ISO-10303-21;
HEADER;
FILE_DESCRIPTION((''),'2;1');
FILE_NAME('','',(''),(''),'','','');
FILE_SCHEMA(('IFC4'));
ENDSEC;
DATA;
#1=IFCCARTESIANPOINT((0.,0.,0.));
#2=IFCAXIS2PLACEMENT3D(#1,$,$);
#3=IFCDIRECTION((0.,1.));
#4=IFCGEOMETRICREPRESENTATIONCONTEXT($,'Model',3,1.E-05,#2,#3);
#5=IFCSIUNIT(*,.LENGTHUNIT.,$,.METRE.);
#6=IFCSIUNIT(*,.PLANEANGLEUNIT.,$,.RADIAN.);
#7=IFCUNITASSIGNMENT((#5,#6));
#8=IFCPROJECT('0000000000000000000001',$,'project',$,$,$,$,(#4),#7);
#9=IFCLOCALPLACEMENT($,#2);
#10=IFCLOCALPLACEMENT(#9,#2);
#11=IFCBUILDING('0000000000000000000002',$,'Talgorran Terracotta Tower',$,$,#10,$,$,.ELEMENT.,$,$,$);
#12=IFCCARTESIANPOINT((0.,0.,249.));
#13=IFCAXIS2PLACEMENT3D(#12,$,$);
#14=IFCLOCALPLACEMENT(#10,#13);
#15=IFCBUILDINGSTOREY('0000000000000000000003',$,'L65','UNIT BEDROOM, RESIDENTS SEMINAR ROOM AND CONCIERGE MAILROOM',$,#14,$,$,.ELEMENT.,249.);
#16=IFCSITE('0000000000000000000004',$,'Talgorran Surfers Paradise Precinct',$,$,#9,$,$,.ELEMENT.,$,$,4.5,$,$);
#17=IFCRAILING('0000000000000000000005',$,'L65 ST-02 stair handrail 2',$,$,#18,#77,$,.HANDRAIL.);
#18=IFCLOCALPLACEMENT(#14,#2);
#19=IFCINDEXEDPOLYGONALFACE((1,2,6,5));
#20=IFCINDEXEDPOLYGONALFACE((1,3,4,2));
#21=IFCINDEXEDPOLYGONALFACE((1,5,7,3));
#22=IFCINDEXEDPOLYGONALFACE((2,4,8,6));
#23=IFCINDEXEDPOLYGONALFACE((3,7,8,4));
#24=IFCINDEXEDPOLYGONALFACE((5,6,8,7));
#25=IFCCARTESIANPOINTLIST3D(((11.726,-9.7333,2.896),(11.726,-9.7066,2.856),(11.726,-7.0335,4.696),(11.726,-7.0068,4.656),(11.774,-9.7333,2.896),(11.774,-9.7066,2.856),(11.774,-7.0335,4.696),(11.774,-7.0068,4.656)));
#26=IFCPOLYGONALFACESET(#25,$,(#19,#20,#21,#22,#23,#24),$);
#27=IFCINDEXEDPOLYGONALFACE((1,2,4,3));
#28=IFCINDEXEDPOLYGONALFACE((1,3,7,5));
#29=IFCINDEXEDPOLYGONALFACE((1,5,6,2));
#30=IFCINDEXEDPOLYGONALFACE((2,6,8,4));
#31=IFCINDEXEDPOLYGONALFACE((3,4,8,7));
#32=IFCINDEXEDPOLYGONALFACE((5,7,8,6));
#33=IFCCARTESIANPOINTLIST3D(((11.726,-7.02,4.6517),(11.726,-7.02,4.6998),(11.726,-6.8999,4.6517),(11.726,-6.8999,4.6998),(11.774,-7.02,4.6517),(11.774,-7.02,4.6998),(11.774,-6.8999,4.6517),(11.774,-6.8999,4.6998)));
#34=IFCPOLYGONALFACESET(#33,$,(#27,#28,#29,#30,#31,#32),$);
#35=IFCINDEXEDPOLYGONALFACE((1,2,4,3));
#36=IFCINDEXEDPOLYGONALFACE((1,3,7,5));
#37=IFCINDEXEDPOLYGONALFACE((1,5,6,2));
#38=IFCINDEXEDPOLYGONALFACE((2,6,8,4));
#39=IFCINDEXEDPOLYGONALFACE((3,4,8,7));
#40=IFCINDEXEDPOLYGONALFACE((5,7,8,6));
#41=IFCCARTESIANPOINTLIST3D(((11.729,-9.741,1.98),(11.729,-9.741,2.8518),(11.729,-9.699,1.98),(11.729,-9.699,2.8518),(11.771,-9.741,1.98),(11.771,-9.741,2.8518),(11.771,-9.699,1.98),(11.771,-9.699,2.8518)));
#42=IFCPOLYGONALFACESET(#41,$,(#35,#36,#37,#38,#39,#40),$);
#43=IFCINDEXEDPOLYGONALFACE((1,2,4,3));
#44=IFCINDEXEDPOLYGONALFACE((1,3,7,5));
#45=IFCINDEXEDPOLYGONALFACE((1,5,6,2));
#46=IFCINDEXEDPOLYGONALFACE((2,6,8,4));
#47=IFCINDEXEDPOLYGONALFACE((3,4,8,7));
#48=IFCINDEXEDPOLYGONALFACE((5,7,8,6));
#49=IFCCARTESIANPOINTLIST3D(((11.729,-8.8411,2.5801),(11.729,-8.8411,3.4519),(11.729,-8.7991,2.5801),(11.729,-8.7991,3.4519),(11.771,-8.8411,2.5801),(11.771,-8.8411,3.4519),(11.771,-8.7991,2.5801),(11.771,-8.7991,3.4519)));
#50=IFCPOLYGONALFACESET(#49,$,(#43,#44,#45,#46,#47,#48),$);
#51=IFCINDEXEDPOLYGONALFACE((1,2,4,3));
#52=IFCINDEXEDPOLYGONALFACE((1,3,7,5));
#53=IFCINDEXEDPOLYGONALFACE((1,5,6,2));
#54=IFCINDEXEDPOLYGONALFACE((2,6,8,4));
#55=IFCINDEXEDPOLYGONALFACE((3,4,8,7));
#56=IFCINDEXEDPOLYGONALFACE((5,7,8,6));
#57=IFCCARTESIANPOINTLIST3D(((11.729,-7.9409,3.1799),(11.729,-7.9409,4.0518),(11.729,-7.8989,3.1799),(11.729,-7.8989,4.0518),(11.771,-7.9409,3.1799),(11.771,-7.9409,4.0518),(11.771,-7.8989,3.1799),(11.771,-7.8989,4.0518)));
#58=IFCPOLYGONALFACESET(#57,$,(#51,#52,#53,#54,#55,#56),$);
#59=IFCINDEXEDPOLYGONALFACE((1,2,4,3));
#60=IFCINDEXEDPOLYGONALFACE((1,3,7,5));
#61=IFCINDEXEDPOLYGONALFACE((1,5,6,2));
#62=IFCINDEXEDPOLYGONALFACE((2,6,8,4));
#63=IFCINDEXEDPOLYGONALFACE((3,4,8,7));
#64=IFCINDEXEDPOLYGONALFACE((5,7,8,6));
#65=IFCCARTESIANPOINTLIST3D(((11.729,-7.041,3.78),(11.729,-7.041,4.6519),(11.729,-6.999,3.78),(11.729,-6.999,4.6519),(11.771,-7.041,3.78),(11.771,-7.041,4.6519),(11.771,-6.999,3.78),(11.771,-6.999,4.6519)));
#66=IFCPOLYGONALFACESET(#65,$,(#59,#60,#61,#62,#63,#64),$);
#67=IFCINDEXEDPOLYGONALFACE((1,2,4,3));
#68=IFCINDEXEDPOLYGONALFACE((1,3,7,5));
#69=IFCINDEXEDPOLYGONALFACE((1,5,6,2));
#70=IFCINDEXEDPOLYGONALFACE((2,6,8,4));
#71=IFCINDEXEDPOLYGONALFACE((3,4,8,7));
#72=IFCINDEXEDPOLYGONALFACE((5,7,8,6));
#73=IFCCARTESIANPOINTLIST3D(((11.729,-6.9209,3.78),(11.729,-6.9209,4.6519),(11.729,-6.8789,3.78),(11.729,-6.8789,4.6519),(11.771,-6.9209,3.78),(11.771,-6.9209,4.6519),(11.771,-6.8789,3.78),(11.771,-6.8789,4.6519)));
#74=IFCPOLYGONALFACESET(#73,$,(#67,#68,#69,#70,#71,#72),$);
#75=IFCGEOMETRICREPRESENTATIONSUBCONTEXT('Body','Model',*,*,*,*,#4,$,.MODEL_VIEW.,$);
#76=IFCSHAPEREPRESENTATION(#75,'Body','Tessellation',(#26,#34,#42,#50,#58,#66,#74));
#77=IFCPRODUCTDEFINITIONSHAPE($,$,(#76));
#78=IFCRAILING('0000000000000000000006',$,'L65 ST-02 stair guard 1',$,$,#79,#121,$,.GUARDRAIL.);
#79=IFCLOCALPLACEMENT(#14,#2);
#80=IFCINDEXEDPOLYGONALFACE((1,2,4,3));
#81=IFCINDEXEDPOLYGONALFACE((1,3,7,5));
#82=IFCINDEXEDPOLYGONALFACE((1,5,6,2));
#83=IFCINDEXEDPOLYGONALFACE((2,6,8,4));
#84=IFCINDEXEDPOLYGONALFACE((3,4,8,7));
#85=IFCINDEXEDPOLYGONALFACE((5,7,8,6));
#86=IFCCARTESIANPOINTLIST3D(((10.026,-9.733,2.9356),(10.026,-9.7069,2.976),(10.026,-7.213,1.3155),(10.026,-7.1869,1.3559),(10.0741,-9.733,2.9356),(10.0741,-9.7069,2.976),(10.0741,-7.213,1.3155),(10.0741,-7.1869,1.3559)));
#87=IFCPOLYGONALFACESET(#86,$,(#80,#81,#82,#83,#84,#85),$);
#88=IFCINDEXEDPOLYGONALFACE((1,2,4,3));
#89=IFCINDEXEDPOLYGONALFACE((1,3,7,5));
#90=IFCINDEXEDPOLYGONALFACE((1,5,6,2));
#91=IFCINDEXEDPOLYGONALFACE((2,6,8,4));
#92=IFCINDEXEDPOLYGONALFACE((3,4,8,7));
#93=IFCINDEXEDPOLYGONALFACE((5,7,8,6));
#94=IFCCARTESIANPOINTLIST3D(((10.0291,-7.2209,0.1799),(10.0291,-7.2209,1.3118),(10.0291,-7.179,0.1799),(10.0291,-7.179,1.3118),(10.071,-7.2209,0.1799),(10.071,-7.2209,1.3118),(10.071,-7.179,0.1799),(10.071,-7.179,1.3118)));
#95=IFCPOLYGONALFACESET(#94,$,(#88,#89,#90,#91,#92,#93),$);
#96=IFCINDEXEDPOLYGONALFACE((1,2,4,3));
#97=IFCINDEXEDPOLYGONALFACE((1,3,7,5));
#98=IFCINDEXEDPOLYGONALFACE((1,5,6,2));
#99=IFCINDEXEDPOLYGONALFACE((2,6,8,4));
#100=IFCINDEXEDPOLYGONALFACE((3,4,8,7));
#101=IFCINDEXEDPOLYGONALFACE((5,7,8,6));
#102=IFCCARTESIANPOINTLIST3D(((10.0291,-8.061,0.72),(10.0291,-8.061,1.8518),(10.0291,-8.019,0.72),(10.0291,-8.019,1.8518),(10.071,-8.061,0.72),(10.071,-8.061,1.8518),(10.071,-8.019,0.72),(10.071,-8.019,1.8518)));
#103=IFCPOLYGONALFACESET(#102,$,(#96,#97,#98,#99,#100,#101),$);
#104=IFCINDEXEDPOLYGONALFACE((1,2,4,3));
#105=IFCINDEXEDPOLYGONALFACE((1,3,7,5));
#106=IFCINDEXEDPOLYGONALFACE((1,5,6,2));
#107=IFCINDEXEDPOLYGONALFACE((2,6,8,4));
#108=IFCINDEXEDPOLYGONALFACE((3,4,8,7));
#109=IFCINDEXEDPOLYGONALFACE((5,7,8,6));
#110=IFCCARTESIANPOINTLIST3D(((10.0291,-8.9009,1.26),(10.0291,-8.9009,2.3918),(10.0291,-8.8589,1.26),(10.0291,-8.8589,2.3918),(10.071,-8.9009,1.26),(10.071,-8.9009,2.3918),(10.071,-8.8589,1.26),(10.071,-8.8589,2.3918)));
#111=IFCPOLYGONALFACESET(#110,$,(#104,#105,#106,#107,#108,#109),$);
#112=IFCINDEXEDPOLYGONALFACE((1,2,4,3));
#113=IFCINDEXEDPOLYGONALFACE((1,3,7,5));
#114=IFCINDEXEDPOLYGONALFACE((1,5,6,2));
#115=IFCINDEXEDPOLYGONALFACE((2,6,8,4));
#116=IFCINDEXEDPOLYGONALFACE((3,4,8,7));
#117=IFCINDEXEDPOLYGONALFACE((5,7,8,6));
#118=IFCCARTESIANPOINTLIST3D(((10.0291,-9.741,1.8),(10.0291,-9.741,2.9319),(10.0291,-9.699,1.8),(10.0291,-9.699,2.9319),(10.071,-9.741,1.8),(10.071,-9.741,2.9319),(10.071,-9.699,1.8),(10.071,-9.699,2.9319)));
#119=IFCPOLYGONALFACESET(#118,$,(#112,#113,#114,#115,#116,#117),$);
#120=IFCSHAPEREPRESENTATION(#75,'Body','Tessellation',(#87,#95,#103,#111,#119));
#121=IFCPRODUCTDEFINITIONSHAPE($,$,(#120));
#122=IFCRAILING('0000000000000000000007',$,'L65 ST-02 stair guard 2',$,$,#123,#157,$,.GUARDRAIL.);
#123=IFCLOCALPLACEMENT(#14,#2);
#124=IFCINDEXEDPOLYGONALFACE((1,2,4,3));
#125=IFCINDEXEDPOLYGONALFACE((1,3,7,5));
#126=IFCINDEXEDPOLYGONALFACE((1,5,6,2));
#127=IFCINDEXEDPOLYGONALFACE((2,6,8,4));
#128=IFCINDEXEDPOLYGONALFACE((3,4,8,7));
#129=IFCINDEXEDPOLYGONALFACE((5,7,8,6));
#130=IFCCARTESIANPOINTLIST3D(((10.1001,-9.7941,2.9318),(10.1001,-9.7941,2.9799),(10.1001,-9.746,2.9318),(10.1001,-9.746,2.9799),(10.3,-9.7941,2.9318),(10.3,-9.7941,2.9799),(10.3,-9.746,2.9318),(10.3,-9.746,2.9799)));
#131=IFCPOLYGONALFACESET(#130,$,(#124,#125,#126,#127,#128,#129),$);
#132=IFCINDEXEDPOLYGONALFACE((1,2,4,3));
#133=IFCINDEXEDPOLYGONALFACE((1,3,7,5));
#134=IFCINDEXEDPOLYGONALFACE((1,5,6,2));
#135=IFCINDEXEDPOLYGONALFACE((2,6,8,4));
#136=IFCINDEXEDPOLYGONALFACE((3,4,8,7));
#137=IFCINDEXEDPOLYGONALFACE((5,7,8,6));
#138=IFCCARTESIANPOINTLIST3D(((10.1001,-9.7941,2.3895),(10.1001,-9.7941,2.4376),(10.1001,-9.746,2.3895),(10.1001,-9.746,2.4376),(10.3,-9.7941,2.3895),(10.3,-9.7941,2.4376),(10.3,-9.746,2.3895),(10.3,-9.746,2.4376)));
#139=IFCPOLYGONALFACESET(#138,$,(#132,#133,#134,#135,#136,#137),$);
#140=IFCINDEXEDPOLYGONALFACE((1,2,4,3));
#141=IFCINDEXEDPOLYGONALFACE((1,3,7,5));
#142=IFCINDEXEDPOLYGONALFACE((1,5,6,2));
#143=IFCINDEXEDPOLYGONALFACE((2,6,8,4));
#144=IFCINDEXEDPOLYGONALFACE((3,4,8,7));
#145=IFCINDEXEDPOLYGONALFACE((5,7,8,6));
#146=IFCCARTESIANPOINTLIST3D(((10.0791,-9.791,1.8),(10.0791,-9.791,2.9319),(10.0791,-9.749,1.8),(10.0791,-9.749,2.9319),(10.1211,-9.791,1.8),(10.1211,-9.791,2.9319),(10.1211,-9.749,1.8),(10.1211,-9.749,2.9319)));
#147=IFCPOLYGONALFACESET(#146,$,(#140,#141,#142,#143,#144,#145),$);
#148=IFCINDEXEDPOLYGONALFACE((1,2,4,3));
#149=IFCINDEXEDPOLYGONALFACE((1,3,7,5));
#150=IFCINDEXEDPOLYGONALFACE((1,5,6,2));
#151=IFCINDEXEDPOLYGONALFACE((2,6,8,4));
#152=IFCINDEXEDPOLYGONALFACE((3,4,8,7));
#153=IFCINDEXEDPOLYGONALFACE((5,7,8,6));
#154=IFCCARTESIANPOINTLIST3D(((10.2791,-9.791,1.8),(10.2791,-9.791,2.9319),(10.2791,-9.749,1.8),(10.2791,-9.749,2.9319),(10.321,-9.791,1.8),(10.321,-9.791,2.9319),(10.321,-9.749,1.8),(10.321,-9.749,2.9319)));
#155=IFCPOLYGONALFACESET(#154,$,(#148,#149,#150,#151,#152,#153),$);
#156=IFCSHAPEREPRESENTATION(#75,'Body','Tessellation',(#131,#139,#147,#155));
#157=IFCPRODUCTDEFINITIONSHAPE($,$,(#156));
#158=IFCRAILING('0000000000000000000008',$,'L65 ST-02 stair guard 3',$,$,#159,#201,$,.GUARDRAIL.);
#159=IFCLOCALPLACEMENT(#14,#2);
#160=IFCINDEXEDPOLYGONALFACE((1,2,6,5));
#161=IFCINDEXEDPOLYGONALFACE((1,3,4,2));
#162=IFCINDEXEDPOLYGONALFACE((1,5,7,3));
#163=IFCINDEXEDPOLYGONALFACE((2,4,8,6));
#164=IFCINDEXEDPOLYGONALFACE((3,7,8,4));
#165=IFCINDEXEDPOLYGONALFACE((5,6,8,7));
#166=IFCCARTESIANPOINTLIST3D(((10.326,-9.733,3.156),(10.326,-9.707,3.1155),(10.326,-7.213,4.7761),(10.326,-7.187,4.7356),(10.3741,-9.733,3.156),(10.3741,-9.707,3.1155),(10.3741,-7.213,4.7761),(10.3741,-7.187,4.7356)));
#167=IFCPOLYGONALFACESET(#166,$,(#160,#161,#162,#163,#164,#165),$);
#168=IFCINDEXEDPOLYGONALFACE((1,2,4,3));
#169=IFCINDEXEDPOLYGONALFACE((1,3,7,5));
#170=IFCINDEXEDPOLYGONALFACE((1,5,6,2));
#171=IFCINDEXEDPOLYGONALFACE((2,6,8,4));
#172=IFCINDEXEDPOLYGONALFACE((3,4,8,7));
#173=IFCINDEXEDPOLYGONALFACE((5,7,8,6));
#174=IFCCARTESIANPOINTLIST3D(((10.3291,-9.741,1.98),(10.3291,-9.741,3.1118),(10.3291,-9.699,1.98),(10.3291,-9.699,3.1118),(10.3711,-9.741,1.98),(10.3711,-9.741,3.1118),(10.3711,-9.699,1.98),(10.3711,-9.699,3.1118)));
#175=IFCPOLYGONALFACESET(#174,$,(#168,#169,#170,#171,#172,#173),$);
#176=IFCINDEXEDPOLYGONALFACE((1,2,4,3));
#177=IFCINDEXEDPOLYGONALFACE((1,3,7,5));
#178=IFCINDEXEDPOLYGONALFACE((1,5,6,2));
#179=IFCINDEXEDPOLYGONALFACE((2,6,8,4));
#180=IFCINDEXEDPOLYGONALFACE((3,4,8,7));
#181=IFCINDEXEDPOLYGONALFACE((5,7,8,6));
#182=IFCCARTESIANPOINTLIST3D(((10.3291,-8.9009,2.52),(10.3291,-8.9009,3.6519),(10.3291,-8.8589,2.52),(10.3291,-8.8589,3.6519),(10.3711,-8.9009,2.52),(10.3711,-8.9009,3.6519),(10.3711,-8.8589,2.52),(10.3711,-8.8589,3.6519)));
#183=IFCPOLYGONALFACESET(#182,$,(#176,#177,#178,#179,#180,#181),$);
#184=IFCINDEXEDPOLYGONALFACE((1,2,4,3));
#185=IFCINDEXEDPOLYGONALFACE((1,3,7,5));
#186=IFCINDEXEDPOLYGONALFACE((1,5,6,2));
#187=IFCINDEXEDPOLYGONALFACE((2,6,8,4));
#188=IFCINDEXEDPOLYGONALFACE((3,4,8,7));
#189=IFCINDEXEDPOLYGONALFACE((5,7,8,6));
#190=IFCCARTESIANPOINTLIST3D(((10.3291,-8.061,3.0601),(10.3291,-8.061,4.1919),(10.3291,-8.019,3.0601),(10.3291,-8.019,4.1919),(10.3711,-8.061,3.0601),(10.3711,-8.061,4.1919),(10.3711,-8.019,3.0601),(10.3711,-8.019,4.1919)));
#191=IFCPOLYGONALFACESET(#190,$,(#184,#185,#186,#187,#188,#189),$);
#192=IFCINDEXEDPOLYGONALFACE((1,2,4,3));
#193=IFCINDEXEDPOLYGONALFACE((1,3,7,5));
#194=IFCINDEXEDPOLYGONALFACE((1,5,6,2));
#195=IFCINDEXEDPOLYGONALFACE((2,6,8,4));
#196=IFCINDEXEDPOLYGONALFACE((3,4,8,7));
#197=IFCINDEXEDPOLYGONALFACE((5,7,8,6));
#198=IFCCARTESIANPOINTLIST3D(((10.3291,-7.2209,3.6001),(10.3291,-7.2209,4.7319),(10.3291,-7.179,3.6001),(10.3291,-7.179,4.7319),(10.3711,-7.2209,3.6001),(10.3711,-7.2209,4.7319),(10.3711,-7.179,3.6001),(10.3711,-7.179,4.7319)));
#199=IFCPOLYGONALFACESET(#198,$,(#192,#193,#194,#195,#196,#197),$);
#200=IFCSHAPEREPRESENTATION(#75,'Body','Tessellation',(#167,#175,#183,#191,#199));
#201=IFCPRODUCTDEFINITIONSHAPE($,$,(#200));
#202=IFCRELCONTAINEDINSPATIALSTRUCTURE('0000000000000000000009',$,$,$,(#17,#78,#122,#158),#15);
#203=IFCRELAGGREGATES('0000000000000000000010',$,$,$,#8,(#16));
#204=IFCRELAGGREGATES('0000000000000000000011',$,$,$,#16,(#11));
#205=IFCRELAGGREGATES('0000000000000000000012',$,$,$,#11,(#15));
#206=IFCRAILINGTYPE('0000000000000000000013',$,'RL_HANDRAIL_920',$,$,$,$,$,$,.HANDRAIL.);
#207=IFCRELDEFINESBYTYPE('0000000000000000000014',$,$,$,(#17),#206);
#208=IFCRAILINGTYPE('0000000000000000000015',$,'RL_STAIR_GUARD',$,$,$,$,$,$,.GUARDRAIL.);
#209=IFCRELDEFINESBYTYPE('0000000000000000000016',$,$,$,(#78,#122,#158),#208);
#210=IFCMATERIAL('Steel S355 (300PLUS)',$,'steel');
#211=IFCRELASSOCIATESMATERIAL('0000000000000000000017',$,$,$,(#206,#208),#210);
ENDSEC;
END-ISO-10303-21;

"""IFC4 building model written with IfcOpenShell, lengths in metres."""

from ifc_helpers import new_model, si_unit, direction, frame, origin, origin_2d, place, context, subcontext, project, spatial, rectangle, extrude, material, type_object, element, save


model = new_model("IFC4")

# Units and contexts
model_context = context("Model", 3, precision=1e-05, world=origin(), true_north=direction((0.0, 1.0)))
body_context = subcontext(model_context, "Body", "Model", "MODEL_VIEW")
ifc_project = project(units=[si_unit("LENGTHUNIT", "METRE"), si_unit("PLANEANGLEUNIT", "RADIAN")], contexts=[model_context])

# Site, building, storey
site_placement = place(None, origin())
site = spatial("IfcSite", under=ifc_project, at=site_placement, Name="Talgorran Surfers Paradise Precinct", CompositionType="ELEMENT", RefElevation=4.5)
building_placement = place(site_placement, origin())
building = spatial("IfcBuilding", under=site, at=building_placement, Name="Talgorran Terracotta Tower", CompositionType="ELEMENT")
storey_placement = place(building_placement, frame((0.0, 0.0, 249.0)))
storey = spatial("IfcBuildingStorey", under=building, at=storey_placement, Name="L65", Description="UNIT BEDROOM, RESIDENTS SEMINAR ROOM AND CONCIERGE MAILROOM", CompositionType="ELEMENT", Elevation=249.0)

# Shared definitions
ifc_material_1 = material(Name="Steel S355 (300PLUS)", Category="steel")

# Railings
railing_type_1 = type_object("IfcRailingType", Name="RL_HANDRAIL_920", PredefinedType="HANDRAIL", material=ifc_material_1)
railing_1_placement = place(storey_placement, frame((11.75, -9.72, 1.98)))
element("IfcRailing", 1, at=railing_1_placement, inside=storey, type_object=railing_type_1, Name="L65 ST-02 stair handrail 2", PredefinedType="HANDRAIL", context=body_context, shape_type="SweptSolid", body=[
    extrude(rectangle(XDim=0.0481, YDim=0.0481, at=origin_2d()), frame((0.0, 0.0, 0.896), z_axis=(0.0, 0.832039, 0.554718), x_axis=(-1.0, 0.0, 0.0)), (0.0, 0.0, 1.0), 3.2449),
    extrude(rectangle(XDim=0.0481, YDim=0.0481, at=origin_2d()), frame((0.0, 2.7, 2.6958), z_axis=(0.0, 1.0, 0.0), x_axis=(-1.0, 0.0, 0.0)), (0.0, 0.0, 1.0), 0.1201),
    extrude(rectangle(XDim=0.042, YDim=0.042, at=origin_2d()), origin(), (0.0, 0.0, 1.0), 0.8718),
    extrude(rectangle(XDim=0.042, YDim=0.042, at=origin_2d()), frame((0.0, 0.8999, 0.6001)), (0.0, 0.0, 1.0), 0.8718),
    extrude(rectangle(XDim=0.042, YDim=0.042, at=origin_2d()), frame((0.0, 1.8, 1.2)), (0.0, 0.0, 1.0), 0.8718),
    extrude(rectangle(XDim=0.042, YDim=0.042, at=origin_2d()), frame((0.0, 2.7, 1.8)), (0.0, 0.0, 1.0), 0.8718),
    extrude(rectangle(XDim=0.042, YDim=0.042, at=origin_2d()), frame((0.0, 2.8201, 1.8)), (0.0, 0.0, 1.0), 0.8718),
])
railing_type_2 = type_object("IfcRailingType", Name="RL_STAIR_GUARD", PredefinedType="GUARDRAIL", material=ifc_material_1)
railing_2_placement = place(storey_placement, frame((10.05, -7.2, 0.1799)))
element("IfcRailing", 2, at=railing_2_placement, inside=storey, type_object=railing_type_2, Name="L65 ST-02 stair guard 1", PredefinedType="GUARDRAIL", context=body_context, shape_type="SweptSolid", body=[
    extrude(rectangle(XDim=0.0481, YDim=0.0481, at=origin_2d()), frame((0.0, 0.0, 1.1558), z_axis=(0.0, -0.841163, 0.540782), x_axis=(1.0, 0.0, 0.0)), (0.0, 0.0, 1.0), 2.9958),
    extrude(rectangle(XDim=0.042, YDim=0.042, at=origin_2d()), origin(), (0.0, 0.0, 1.0), 1.1318),
    extrude(rectangle(XDim=0.042, YDim=0.042, at=origin_2d()), frame((0.0, -0.8401, 0.54)), (0.0, 0.0, 1.0), 1.1318),
    extrude(rectangle(XDim=0.042, YDim=0.042, at=origin_2d()), frame((0.0, -1.6799, 1.0801)), (0.0, 0.0, 1.0), 1.1318),
    extrude(rectangle(XDim=0.042, YDim=0.042, at=origin_2d()), frame((0.0, -2.52, 1.6201)), (0.0, 0.0, 1.0), 1.1318),
])
railing_3_placement = place(storey_placement, frame((10.1001, -9.77, 1.8)))
element("IfcRailing", 3, at=railing_3_placement, inside=storey, type_object=railing_type_2, Name="L65 ST-02 stair guard 2", PredefinedType="GUARDRAIL", context=body_context, shape_type="SweptSolid", body=[
    extrude(rectangle(XDim=0.0481, YDim=0.0481, at=origin_2d()), frame((0.0, 0.0, 1.1558), z_axis=(1.0, 0.0, 0.0), x_axis=(0.0, 1.0, 0.0)), (0.0, 0.0, 1.0), 0.2),
    extrude(rectangle(XDim=0.0481, YDim=0.0481, at=origin_2d()), frame((0.0, 0.0, 0.6135), z_axis=(1.0, 0.0, 0.0), x_axis=(0.0, 1.0, 0.0)), (0.0, 0.0, 1.0), 0.2),
    extrude(rectangle(XDim=0.042, YDim=0.042, at=origin_2d()), origin(), (0.0, 0.0, 1.0), 1.1318),
    extrude(rectangle(XDim=0.042, YDim=0.042, at=origin_2d()), frame((0.2, 0.0, 0.0)), (0.0, 0.0, 1.0), 1.1318),
])
railing_4_placement = place(storey_placement, frame((10.3501, -9.72, 1.98)))
element("IfcRailing", 4, at=railing_4_placement, inside=storey, type_object=railing_type_2, Name="L65 ST-02 stair guard 3", PredefinedType="GUARDRAIL", context=body_context, shape_type="SweptSolid", body=[
    extrude(rectangle(XDim=0.0481, YDim=0.0481, at=origin_2d()), frame((0.0, 0.0, 1.1558), z_axis=(0.0, 0.841163, 0.540782), x_axis=(-1.0, 0.0, 0.0)), (0.0, 0.0, 1.0), 2.9958),
    extrude(rectangle(XDim=0.042, YDim=0.042, at=origin_2d()), origin(), (0.0, 0.0, 1.0), 1.1318),
    extrude(rectangle(XDim=0.042, YDim=0.042, at=origin_2d()), frame((0.0, 0.8401, 0.54)), (0.0, 0.0, 1.0), 1.1318),
    extrude(rectangle(XDim=0.042, YDim=0.042, at=origin_2d()), frame((0.0, 1.6799, 1.0801)), (0.0, 0.0, 1.0), 1.1318),
    extrude(rectangle(XDim=0.042, YDim=0.042, at=origin_2d()), frame((0.0, 2.52, 1.6201)), (0.0, 0.0, 1.0), 1.1318),
])

save(model, "model.ifc")
